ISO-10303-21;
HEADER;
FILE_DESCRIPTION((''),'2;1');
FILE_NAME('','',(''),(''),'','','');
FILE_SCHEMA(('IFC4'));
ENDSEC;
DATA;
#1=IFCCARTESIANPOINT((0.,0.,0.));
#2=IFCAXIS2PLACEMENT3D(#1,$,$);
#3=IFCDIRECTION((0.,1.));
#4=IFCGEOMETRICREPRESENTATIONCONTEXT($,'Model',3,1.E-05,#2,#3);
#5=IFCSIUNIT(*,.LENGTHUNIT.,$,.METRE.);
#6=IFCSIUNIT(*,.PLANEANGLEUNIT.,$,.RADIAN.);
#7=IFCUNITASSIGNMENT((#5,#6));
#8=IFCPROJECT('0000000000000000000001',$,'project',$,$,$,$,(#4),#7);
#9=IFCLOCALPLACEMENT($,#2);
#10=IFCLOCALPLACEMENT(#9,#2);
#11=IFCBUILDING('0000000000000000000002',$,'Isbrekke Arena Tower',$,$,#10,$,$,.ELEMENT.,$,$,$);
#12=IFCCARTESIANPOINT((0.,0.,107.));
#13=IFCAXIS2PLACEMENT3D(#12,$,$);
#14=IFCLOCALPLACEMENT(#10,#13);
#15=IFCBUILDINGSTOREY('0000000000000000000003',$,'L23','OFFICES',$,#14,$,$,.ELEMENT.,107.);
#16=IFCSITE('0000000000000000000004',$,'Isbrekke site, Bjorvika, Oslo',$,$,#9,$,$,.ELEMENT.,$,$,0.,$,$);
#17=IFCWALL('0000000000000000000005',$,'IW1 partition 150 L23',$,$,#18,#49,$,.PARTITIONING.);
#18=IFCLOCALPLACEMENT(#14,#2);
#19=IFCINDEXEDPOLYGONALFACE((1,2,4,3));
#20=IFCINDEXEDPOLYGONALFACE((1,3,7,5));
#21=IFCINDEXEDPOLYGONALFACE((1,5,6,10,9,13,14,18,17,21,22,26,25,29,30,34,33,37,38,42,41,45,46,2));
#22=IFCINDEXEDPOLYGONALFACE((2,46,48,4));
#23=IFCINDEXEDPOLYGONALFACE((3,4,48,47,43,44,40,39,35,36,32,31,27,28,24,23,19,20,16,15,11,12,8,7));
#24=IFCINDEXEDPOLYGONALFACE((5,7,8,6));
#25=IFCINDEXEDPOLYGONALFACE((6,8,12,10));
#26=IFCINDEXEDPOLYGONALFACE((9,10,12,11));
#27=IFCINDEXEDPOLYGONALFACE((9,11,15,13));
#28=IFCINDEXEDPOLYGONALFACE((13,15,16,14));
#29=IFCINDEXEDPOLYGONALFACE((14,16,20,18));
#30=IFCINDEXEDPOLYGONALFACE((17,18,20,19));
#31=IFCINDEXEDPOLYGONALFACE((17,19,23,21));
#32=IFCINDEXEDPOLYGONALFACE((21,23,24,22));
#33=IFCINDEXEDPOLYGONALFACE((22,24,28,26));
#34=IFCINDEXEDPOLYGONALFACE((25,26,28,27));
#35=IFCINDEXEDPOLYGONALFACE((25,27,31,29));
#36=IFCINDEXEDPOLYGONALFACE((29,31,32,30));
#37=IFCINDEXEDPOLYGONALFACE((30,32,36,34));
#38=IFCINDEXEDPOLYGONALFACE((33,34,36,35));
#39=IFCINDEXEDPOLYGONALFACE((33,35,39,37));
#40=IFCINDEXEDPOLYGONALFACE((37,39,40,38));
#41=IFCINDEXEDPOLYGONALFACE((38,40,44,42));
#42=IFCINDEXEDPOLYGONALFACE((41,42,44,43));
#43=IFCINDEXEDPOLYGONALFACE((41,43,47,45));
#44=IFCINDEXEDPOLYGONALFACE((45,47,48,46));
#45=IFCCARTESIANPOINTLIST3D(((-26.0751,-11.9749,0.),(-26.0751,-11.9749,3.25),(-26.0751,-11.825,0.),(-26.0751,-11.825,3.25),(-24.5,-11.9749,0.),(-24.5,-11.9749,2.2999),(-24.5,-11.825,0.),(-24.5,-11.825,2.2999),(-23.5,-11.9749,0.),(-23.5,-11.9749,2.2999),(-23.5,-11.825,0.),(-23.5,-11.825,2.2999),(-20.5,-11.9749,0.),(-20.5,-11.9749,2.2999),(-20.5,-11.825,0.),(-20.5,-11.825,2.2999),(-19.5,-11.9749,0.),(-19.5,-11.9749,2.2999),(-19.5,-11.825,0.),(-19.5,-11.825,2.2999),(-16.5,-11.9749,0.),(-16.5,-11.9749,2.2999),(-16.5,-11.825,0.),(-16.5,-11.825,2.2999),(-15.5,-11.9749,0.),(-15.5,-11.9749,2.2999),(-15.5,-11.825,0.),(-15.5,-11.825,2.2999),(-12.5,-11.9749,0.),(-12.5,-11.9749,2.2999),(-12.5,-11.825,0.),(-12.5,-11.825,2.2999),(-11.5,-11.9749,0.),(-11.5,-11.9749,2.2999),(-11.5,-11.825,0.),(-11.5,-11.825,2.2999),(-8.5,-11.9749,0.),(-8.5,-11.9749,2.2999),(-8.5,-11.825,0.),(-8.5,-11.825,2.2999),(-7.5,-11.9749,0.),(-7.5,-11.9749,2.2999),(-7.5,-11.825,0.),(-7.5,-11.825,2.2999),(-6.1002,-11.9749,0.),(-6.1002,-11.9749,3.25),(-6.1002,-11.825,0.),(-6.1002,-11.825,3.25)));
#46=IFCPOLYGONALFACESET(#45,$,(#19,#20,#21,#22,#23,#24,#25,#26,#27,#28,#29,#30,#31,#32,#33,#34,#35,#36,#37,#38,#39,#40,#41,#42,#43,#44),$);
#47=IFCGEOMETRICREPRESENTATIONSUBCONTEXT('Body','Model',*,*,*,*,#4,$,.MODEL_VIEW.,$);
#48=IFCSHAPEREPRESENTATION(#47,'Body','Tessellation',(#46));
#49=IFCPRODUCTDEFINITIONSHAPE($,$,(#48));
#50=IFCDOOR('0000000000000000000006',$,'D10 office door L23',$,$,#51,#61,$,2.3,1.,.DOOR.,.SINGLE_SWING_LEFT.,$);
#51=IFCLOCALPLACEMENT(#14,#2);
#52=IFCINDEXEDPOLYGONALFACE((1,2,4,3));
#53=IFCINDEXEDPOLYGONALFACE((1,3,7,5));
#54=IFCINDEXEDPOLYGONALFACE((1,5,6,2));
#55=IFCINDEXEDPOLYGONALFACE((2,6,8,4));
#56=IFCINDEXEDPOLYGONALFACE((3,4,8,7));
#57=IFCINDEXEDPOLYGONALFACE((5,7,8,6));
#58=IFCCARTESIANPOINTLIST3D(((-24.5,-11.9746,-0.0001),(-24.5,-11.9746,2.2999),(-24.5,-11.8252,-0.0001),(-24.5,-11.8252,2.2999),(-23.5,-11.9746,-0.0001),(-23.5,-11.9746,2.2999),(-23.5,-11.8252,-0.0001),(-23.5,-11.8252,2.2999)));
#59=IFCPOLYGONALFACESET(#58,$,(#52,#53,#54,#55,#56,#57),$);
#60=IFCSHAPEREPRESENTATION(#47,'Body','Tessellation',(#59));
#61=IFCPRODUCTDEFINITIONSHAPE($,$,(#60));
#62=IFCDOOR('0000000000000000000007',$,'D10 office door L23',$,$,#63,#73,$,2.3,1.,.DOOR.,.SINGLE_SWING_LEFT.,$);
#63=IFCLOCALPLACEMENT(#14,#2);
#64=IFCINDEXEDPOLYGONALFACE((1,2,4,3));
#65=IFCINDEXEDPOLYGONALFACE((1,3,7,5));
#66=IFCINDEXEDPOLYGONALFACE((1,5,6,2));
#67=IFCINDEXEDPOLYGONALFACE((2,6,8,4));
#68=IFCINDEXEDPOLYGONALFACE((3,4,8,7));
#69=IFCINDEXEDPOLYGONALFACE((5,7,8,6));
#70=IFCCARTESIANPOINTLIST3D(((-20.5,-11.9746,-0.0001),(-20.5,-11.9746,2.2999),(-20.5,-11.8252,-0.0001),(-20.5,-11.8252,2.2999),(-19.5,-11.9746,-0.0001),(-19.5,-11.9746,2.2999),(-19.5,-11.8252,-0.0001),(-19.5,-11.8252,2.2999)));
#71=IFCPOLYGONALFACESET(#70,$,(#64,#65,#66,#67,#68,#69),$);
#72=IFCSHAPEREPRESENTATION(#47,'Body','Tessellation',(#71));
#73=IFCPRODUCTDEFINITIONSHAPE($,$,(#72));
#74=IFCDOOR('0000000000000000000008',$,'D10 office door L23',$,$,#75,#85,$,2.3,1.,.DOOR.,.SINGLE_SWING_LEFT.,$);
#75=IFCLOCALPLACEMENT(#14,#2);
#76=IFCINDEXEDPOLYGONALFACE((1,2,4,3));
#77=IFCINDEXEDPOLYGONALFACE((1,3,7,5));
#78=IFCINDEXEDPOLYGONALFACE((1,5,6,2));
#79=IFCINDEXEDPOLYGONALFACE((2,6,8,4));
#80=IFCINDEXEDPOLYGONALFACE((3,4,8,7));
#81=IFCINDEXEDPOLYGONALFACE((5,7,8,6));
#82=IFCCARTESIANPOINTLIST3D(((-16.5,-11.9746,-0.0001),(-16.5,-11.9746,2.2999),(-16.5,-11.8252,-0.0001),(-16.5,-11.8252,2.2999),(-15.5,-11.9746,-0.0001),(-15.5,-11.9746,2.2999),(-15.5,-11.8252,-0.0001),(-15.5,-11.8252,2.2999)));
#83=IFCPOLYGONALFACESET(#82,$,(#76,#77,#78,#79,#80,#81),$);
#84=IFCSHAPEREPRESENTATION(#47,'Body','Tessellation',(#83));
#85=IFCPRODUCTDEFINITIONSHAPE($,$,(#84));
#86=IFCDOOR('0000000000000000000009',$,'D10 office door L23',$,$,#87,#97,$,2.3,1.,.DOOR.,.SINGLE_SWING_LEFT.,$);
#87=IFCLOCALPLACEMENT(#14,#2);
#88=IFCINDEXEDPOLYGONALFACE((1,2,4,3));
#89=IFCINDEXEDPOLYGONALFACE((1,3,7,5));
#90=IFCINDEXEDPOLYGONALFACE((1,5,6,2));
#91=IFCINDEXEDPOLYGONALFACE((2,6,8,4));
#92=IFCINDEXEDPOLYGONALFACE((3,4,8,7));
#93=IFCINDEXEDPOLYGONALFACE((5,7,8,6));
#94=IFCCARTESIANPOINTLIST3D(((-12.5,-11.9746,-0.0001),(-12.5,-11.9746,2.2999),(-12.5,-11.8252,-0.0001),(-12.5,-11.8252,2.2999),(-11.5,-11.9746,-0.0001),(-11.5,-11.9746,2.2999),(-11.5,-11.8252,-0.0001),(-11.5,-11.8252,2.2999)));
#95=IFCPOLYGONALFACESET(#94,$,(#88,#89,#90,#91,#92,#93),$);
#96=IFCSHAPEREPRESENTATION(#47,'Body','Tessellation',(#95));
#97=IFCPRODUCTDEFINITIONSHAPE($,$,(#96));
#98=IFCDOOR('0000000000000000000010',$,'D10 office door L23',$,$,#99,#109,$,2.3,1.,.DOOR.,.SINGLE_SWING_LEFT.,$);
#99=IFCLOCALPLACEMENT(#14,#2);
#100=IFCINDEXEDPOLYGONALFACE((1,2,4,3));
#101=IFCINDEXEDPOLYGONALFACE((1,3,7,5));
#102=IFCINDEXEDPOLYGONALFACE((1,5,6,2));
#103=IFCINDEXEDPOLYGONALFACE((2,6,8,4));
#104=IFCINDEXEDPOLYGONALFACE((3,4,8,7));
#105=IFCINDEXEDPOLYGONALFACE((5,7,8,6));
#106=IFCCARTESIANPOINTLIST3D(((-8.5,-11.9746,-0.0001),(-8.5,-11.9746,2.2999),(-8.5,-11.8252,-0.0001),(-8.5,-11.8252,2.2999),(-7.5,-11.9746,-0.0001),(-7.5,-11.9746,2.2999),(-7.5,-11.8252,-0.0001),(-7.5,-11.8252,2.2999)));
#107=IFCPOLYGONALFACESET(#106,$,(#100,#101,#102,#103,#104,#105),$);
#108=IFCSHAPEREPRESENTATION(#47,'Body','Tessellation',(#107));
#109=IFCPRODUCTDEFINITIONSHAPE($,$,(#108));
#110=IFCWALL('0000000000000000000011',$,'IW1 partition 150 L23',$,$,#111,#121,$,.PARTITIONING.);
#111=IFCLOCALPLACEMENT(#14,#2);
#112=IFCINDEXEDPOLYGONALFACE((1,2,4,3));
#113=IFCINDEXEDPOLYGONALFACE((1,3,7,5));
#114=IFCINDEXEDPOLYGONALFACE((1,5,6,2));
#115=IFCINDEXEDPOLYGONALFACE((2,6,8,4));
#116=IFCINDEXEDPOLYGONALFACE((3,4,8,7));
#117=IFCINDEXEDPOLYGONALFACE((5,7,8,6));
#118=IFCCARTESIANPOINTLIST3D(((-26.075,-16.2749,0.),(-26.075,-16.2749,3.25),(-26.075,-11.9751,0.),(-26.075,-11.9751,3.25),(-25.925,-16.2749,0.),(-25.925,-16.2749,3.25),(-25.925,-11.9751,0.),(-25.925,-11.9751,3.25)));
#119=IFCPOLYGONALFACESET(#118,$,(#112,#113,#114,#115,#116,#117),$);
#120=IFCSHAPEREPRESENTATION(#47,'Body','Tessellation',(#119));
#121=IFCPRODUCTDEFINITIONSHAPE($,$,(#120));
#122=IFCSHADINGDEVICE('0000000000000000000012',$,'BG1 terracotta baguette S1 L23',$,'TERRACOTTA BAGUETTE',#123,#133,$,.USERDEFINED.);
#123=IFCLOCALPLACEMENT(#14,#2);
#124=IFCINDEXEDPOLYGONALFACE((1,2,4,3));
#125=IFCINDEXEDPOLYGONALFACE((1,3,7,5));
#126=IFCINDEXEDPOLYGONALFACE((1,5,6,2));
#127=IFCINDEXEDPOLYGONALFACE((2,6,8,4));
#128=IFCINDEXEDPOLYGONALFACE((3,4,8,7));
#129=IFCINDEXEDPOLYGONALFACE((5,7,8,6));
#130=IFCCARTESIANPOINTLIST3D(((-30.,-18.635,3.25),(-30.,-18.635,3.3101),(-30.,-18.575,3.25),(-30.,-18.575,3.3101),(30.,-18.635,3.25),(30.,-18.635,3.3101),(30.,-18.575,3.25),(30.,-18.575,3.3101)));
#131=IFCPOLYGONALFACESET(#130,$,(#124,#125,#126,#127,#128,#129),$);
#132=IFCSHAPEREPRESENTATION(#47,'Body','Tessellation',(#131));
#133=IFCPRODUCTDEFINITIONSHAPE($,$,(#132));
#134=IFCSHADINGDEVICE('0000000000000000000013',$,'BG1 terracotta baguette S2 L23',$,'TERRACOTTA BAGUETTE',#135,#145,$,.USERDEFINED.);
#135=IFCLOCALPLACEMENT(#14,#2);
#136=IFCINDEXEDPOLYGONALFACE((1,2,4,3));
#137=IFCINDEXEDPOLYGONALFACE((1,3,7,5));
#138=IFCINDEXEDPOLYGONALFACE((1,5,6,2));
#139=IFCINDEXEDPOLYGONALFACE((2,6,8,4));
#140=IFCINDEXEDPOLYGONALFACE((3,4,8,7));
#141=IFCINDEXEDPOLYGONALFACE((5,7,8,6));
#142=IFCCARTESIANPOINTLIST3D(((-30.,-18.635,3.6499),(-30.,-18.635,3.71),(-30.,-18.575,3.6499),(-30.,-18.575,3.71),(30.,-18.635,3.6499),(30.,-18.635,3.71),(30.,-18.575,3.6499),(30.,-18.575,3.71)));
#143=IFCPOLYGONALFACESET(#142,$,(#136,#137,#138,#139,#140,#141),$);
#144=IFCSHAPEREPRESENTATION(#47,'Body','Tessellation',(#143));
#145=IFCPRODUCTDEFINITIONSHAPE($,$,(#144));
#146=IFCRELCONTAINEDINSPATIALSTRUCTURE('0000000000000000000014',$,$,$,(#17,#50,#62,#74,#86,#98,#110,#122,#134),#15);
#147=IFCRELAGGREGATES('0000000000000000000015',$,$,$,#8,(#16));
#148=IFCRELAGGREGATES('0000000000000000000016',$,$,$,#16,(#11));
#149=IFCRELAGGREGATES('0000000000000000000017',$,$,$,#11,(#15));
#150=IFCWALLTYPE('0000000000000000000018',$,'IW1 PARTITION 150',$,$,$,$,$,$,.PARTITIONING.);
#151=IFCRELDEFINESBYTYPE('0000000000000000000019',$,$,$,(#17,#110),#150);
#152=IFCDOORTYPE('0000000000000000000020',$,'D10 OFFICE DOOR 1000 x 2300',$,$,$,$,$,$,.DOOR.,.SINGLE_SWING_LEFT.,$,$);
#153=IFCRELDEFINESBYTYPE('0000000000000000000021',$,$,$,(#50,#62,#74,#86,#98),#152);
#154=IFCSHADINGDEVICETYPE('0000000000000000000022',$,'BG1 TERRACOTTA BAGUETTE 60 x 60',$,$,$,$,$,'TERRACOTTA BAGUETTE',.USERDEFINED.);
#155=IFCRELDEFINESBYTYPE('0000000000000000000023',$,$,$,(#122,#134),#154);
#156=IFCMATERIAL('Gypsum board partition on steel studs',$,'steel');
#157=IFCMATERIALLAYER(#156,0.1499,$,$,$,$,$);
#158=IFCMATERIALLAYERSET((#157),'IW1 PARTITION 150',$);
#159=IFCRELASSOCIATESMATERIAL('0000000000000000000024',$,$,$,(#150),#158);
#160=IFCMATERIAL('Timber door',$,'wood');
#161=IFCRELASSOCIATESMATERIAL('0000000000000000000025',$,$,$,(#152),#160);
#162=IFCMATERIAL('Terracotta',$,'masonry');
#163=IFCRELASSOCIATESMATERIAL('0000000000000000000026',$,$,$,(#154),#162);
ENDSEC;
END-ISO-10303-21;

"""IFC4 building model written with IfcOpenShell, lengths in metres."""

from ifc_helpers import new_model, si_unit, direction, frame, frame_2d, origin, origin_2d, place, context, subcontext, project, spatial, rectangle, extrude, material, layer, layer_set, material_profile, profile_set, type_object, element, fill, save


model = new_model("IFC4")

# Units and contexts
model_context = context("Model", 3, precision=1e-05, world=origin(), true_north=direction((0.0, 1.0)))
body_context = subcontext(model_context, "Body", "Model", "MODEL_VIEW")
ifc_project = project(units=[si_unit("LENGTHUNIT", "METRE"), si_unit("PLANEANGLEUNIT", "RADIAN")], contexts=[model_context])

# Site, building, storey
site_placement = place(None, origin())
site = spatial("IfcSite", under=ifc_project, at=site_placement, Name="Isbrekke site, Bjorvika, Oslo", CompositionType="ELEMENT", RefElevation=0.0)
building_placement = place(site_placement, origin())
building = spatial("IfcBuilding", under=site, at=building_placement, Name="Isbrekke Arena Tower", CompositionType="ELEMENT")
storey_placement = place(building_placement, frame((0.0, 0.0, 107.0)))
storey = spatial("IfcBuildingStorey", under=building, at=storey_placement, Name="L23", Description="OFFICES", CompositionType="ELEMENT", Elevation=107.0)

# Wall, openings, doors
ifc_material_1 = material(Name="Gypsum board partition on steel studs", Category="steel")
ifc_layer_1 = layer(ifc_material_1, 0.1499)
ifc_layer_set_1 = layer_set([ifc_layer_1], Name="IW1 PARTITION 150")
wall_type = type_object("IfcWallType", Name="IW1 PARTITION 150", PredefinedType="PARTITIONING", material=ifc_layer_set_1)
wall_1_placement = place(storey_placement, frame((-26.075, -11.8999, 0.0), z_axis=(0.0, 0.0, 1.0), x_axis=(1.0, 0.0, 0.0)))
wall_1 = element("IfcWall", 1, at=wall_1_placement, inside=storey, type_object=wall_type, Name="IW1 partition 150 L23", PredefinedType="PARTITIONING", context=body_context, shape_type="SweptSolid", body=[
    extrude(rectangle(XDim=19.9749, YDim=0.1499, at=frame_2d((9.9873, 0.0))), origin(), (0.0, 0.0, 1.0), 3.25),
])
opening_1_placement = place(wall_1_placement, frame((1.575, 0.0, 0.0)))
opening_1 = element("IfcOpeningElement", 2, at=opening_1_placement, cuts=wall_1, PredefinedType="OPENING", context=body_context, shape_type="SweptSolid", body=[
    extrude(rectangle(XDim=1.0, YDim=2.3, at=frame_2d((0.5, 1.1499))), frame((0.0, 0.0898, 0.0), z_axis=(0.0, -1.0, 0.0), x_axis=(1.0, 0.0, 0.0)), (0.0, 0.0, 1.0), 0.1797),
])
opening_2_placement = place(wall_1_placement, frame((5.575, 0.0, 0.0)))
opening_2 = element("IfcOpeningElement", 3, at=opening_2_placement, cuts=wall_1, PredefinedType="OPENING", context=body_context, shape_type="SweptSolid", body=[
    extrude(rectangle(XDim=1.0, YDim=2.3, at=frame_2d((0.5, 1.1499))), frame((0.0, 0.0898, 0.0), z_axis=(0.0, -1.0, 0.0), x_axis=(1.0, 0.0, 0.0)), (0.0, 0.0, 1.0), 0.1797),
])
opening_3_placement = place(wall_1_placement, frame((9.575, 0.0, 0.0)))
opening_3 = element("IfcOpeningElement", 4, at=opening_3_placement, cuts=wall_1, PredefinedType="OPENING", context=body_context, shape_type="SweptSolid", body=[
    extrude(rectangle(XDim=1.0, YDim=2.3, at=frame_2d((0.5, 1.1499))), frame((0.0, 0.0898, 0.0), z_axis=(0.0, -1.0, 0.0), x_axis=(1.0, 0.0, 0.0)), (0.0, 0.0, 1.0), 0.1797),
])
opening_4_placement = place(wall_1_placement, frame((13.575, 0.0, 0.0)))
opening_4 = element("IfcOpeningElement", 5, at=opening_4_placement, cuts=wall_1, PredefinedType="OPENING", context=body_context, shape_type="SweptSolid", body=[
    extrude(rectangle(XDim=1.0, YDim=2.3, at=frame_2d((0.5, 1.1499))), frame((0.0, 0.0898, 0.0), z_axis=(0.0, -1.0, 0.0), x_axis=(1.0, 0.0, 0.0)), (0.0, 0.0, 1.0), 0.1797),
])
opening_5_placement = place(wall_1_placement, frame((17.575, 0.0, 0.0)))
opening_5 = element("IfcOpeningElement", 6, at=opening_5_placement, cuts=wall_1, PredefinedType="OPENING", context=body_context, shape_type="SweptSolid", body=[
    extrude(rectangle(XDim=1.0, YDim=2.3, at=frame_2d((0.5, 1.1499))), frame((0.0, 0.0898, 0.0), z_axis=(0.0, -1.0, 0.0), x_axis=(1.0, 0.0, 0.0)), (0.0, 0.0, 1.0), 0.1797),
])
ifc_material_2 = material(Name="Timber door", Category="wood")
door_type = type_object("IfcDoorType", Name="D10 OFFICE DOOR 1000 x 2300", OperationType="SINGLE_SWING_LEFT", PredefinedType="DOOR", material=ifc_material_2)
door_1_placement = place(opening_1_placement, origin())
door_1 = element("IfcDoor", 7, at=door_1_placement, inside=storey, type_object=door_type, Name="D10 office door L23", OperationType="SINGLE_SWING_LEFT", OverallHeight=2.3, OverallWidth=1.0, PredefinedType="DOOR", context=body_context, shape_type="SweptSolid", body=[
    extrude(rectangle(XDim=1.0, YDim=2.3, at=frame_2d((0.5, 1.1499))), frame((0.0, 0.0747, 0.0), z_axis=(0.0, -1.0, 0.0), x_axis=(1.0, 0.0, 0.0)), (0.0, 0.0, 1.0), 0.1494),
])
fill(opening_1, door_1)
door_2_placement = place(opening_2_placement, origin())
door_2 = element("IfcDoor", 8, at=door_2_placement, inside=storey, type_object=door_type, Name="D10 office door L23", OperationType="SINGLE_SWING_LEFT", OverallHeight=2.3, OverallWidth=1.0, PredefinedType="DOOR", context=body_context, shape_type="SweptSolid", body=[
    extrude(rectangle(XDim=1.0, YDim=2.3, at=frame_2d((0.5, 1.1499))), frame((0.0, 0.0747, 0.0), z_axis=(0.0, -1.0, 0.0), x_axis=(1.0, 0.0, 0.0)), (0.0, 0.0, 1.0), 0.1494),
])
fill(opening_2, door_2)
door_3_placement = place(opening_3_placement, origin())
door_3 = element("IfcDoor", 9, at=door_3_placement, inside=storey, type_object=door_type, Name="D10 office door L23", OperationType="SINGLE_SWING_LEFT", OverallHeight=2.3, OverallWidth=1.0, PredefinedType="DOOR", context=body_context, shape_type="SweptSolid", body=[
    extrude(rectangle(XDim=1.0, YDim=2.3, at=frame_2d((0.5, 1.1499))), frame((0.0, 0.0747, 0.0), z_axis=(0.0, -1.0, 0.0), x_axis=(1.0, 0.0, 0.0)), (0.0, 0.0, 1.0), 0.1494),
])
fill(opening_3, door_3)
door_4_placement = place(opening_4_placement, origin())
door_4 = element("IfcDoor", 10, at=door_4_placement, inside=storey, type_object=door_type, Name="D10 office door L23", OperationType="SINGLE_SWING_LEFT", OverallHeight=2.3, OverallWidth=1.0, PredefinedType="DOOR", context=body_context, shape_type="SweptSolid", body=[
    extrude(rectangle(XDim=1.0, YDim=2.3, at=frame_2d((0.5, 1.1499))), frame((0.0, 0.0747, 0.0), z_axis=(0.0, -1.0, 0.0), x_axis=(1.0, 0.0, 0.0)), (0.0, 0.0, 1.0), 0.1494),
])
fill(opening_4, door_4)
door_5_placement = place(opening_5_placement, origin())
door_5 = element("IfcDoor", 11, at=door_5_placement, inside=storey, type_object=door_type, Name="D10 office door L23", OperationType="SINGLE_SWING_LEFT", OverallHeight=2.3, OverallWidth=1.0, PredefinedType="DOOR", context=body_context, shape_type="SweptSolid", body=[
    extrude(rectangle(XDim=1.0, YDim=2.3, at=frame_2d((0.5, 1.1499))), frame((0.0, 0.0747, 0.0), z_axis=(0.0, -1.0, 0.0), x_axis=(1.0, 0.0, 0.0)), (0.0, 0.0, 1.0), 0.1494),
])
fill(opening_5, door_5)

# Wall
wall_2_placement = place(storey_placement, frame((-26.0, -16.2749, 0.0), z_axis=(0.0, 0.0, 1.0), x_axis=(0.0, 1.0, 0.0)))
element("IfcWall", 12, at=wall_2_placement, inside=storey, type_object=wall_type, Name="IW1 partition 150 L23", PredefinedType="PARTITIONING", context=body_context, shape_type="SweptSolid", body=[
    extrude(rectangle(XDim=4.2998, YDim=0.1499, at=frame_2d((2.1499, 0.0))), origin(), (0.0, 0.0, 1.0), 3.25),
])

# Shading devices
ifc_material_3 = material(Name="Terracotta", Category="masonry")
ifc_material_profile_1 = material_profile(ifc_material_3, rectangle(XDim=0.0601, YDim=0.0601, at=origin_2d()), Name="BAGUETTE 60X60")
ifc_profile_set_1 = profile_set([ifc_material_profile_1], Name="Terracotta")
shading_device_type = type_object("IfcShadingDeviceType", Name="BG1 TERRACOTTA BAGUETTE 60 x 60", ElementType="TERRACOTTA BAGUETTE", PredefinedType="USERDEFINED", material=ifc_profile_set_1)
for number, where, z_axis, x_axis, name in (
    (13, (-30.0, -18.605, 3.28), (1.0, 0.0, 0.0), (0.0, 1.0, 0.0), "BG1 terracotta baguette S1 L23"),
    (14, (-30.0, -18.605, 3.6799), (1.0, 0.0, 0.0), (0.0, 1.0, 0.0), "BG1 terracotta baguette S2 L23"),
):
    element("IfcShadingDevice", number, at=place(storey_placement, frame(where, z_axis=z_axis, x_axis=x_axis)), inside=storey, type_object=shading_device_type, Name=name, ObjectType="TERRACOTTA BAGUETTE", PredefinedType="USERDEFINED", context=body_context, shape_type="SweptSolid", body=[
        extrude(rectangle(XDim=0.0601, YDim=0.0601, at=origin_2d()), origin(), (0.0, 0.0, 1.0), 60.0),
    ])

save(model, "model.ifc")
